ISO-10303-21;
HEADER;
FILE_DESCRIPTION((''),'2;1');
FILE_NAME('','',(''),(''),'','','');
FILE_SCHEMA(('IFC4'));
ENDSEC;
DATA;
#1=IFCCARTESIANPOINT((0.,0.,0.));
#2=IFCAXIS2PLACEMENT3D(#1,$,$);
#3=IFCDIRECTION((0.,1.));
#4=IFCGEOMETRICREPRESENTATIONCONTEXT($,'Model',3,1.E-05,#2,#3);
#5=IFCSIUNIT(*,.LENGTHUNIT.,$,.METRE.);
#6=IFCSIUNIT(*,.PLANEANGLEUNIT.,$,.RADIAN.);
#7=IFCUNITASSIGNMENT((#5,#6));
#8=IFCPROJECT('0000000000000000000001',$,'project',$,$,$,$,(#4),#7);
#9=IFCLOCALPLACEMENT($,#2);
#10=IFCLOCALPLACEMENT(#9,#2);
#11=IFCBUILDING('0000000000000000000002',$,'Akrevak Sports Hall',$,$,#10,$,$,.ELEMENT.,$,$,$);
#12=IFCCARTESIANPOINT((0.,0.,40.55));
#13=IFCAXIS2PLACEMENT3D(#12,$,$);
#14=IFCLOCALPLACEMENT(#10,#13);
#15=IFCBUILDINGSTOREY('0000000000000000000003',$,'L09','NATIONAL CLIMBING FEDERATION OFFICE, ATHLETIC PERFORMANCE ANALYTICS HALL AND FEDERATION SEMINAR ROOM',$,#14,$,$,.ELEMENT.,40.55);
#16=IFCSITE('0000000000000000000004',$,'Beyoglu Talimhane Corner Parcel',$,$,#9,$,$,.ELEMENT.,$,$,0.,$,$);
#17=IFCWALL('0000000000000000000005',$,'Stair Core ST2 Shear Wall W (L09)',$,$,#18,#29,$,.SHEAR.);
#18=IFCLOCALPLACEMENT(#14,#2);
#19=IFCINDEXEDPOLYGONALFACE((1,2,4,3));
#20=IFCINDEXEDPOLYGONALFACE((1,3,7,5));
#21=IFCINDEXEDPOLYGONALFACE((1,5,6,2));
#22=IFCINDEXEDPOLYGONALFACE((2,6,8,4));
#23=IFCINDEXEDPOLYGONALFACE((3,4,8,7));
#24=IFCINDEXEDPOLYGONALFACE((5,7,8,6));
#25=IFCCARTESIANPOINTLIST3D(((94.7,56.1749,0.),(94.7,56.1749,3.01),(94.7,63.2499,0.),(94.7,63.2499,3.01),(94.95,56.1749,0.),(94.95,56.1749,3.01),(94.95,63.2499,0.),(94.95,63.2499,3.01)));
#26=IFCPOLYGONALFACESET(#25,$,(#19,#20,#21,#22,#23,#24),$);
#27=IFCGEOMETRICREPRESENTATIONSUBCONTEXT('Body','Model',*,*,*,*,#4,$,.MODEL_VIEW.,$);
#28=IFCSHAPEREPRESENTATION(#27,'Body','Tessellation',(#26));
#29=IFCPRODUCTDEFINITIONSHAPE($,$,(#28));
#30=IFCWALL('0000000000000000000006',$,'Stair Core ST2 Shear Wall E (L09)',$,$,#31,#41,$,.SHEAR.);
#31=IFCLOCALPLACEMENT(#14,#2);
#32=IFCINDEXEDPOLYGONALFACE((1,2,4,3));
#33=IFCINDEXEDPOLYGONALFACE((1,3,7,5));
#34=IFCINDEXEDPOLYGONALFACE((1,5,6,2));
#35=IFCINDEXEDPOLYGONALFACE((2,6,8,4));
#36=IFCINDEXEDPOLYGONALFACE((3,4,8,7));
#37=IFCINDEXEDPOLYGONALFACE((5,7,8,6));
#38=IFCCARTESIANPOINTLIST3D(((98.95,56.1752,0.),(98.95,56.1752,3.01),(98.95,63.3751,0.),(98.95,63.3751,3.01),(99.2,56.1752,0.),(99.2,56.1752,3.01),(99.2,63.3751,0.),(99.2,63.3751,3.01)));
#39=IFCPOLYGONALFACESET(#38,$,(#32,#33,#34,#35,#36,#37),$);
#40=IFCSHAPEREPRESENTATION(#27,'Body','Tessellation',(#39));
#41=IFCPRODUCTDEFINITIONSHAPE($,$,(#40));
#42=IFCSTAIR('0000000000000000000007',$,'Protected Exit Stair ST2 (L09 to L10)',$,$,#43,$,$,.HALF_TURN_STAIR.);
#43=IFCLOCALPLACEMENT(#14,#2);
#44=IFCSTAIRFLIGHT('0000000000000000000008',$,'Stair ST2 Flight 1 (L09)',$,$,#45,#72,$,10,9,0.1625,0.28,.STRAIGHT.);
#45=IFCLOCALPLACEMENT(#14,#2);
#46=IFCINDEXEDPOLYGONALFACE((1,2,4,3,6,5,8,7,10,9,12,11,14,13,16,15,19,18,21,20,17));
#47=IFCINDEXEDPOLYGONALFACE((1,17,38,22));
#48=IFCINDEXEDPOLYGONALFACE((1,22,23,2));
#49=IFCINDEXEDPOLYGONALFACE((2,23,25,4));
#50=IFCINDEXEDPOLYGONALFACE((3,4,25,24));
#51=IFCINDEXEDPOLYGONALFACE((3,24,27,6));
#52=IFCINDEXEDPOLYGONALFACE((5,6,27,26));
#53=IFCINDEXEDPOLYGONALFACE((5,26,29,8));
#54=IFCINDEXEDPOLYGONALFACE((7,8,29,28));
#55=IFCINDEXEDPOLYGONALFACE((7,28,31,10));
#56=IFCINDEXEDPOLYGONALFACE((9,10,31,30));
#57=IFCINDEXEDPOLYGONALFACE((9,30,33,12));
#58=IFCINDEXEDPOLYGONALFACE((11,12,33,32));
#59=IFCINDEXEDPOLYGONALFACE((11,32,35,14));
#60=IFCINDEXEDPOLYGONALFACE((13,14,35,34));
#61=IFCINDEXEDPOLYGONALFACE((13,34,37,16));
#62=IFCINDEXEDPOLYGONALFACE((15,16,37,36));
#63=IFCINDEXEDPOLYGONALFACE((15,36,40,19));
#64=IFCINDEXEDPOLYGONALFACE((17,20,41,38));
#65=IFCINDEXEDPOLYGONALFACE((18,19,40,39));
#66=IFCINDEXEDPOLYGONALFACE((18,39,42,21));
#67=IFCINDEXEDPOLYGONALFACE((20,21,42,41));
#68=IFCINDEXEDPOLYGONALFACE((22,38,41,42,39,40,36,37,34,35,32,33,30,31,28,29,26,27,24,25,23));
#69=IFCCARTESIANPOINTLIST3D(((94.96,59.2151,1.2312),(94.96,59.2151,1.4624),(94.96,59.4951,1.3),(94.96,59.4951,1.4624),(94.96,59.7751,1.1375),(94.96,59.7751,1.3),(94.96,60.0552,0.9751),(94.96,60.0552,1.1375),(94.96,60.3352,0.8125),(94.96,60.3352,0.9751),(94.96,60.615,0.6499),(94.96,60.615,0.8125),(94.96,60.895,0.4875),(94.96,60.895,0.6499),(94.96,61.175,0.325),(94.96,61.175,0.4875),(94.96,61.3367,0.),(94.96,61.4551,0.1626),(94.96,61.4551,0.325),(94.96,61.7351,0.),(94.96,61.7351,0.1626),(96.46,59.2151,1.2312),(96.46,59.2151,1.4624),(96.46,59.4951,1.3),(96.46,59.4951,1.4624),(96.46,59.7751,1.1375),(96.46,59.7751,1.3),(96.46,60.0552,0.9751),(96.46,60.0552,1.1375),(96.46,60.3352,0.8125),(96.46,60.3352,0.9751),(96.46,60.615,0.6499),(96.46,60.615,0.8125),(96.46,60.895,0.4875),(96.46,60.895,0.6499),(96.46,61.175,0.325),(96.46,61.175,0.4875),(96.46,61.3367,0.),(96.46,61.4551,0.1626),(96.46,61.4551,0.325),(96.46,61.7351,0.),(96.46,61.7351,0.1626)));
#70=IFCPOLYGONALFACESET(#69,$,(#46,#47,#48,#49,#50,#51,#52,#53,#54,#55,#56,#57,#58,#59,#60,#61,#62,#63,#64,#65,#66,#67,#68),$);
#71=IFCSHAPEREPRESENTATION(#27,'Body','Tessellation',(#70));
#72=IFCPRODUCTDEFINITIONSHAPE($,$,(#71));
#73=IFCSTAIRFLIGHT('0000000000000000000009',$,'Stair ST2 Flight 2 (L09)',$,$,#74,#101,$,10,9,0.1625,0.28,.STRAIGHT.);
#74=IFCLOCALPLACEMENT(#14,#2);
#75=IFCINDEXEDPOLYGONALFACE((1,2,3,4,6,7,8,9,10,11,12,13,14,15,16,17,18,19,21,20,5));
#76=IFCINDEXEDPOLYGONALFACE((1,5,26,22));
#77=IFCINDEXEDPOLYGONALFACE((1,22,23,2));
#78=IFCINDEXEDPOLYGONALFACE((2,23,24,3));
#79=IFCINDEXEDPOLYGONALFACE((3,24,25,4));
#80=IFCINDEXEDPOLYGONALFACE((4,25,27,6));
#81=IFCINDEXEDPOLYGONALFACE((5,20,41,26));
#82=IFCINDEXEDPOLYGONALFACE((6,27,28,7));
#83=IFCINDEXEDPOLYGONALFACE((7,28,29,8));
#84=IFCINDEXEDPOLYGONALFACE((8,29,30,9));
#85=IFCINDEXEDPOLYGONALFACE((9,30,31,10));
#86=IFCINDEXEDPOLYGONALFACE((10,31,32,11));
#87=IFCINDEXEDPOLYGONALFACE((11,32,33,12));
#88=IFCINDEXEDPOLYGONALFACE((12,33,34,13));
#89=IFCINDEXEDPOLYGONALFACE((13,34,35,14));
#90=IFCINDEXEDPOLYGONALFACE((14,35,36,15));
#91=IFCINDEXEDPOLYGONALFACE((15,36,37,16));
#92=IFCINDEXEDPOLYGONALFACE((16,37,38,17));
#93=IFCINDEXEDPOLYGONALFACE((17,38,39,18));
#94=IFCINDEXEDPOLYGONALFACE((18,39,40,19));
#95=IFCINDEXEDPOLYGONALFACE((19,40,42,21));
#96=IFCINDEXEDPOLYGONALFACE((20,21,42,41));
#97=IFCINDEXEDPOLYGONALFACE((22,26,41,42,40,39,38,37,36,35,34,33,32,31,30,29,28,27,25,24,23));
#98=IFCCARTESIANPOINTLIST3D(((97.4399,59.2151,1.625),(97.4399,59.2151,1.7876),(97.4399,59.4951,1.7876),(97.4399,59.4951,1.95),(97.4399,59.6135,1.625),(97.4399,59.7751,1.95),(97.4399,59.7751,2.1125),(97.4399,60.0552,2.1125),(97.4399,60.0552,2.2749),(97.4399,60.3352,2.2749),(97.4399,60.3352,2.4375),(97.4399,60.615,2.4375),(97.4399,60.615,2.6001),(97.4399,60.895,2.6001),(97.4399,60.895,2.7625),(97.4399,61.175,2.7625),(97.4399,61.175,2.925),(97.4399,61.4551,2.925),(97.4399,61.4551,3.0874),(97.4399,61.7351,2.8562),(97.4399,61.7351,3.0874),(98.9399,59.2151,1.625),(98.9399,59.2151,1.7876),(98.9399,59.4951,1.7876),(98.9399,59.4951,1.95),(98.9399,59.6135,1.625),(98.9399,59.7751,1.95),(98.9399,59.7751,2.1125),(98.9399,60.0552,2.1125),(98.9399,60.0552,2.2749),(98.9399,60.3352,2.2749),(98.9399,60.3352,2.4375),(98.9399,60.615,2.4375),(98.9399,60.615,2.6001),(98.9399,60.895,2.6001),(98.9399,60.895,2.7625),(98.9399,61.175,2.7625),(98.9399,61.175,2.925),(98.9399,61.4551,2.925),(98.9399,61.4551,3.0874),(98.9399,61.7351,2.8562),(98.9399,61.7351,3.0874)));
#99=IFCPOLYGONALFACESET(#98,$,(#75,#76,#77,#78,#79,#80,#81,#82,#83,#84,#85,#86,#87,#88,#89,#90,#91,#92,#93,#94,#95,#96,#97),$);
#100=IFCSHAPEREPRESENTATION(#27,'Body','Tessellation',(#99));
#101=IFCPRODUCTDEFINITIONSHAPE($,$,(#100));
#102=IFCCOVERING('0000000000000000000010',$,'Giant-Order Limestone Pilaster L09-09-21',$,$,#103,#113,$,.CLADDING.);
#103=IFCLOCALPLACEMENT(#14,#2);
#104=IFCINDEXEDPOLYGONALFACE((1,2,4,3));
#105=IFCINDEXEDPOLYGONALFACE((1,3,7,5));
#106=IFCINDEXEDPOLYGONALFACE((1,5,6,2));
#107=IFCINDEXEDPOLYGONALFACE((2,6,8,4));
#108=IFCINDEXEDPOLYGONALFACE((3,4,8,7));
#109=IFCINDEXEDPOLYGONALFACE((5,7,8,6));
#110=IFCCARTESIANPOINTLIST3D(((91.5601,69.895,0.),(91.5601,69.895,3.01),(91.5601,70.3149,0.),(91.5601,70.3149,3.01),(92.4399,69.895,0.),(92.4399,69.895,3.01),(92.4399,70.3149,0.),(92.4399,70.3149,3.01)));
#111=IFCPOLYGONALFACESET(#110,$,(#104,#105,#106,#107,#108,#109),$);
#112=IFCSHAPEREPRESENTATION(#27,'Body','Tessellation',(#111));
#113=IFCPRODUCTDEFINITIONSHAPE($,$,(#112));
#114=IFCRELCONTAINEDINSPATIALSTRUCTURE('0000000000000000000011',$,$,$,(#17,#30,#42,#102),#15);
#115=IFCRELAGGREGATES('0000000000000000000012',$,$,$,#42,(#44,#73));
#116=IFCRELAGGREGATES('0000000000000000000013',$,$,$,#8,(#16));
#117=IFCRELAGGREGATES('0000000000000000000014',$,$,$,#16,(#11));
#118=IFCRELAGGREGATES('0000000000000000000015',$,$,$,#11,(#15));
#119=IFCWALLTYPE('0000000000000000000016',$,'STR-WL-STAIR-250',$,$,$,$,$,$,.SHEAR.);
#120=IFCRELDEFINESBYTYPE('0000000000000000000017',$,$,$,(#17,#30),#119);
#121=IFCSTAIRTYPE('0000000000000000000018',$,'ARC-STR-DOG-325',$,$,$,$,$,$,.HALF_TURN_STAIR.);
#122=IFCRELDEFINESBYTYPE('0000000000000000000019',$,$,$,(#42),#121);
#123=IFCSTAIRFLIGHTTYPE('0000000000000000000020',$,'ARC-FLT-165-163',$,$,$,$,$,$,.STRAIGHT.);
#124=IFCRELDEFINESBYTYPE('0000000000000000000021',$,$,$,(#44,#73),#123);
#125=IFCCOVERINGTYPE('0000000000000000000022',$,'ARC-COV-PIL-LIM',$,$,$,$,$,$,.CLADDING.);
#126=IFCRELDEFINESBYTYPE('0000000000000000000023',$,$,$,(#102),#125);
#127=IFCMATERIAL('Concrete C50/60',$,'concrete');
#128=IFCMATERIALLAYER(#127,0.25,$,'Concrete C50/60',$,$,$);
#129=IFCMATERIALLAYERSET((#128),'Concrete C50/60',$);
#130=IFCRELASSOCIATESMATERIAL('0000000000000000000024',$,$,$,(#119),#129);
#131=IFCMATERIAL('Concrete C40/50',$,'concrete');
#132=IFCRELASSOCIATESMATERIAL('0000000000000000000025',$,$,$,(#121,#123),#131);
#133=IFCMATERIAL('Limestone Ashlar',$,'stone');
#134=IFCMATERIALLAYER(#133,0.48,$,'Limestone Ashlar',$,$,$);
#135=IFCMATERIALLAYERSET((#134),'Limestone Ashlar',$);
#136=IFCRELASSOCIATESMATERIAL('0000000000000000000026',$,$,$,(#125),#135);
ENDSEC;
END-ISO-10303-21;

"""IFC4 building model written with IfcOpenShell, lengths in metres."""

from ifc_helpers import new_model, si_unit, direction, frame, frame_2d, origin, origin_2d, place, context, subcontext, project, spatial, polyline, rectangle, outline, extrude, material, layer, layer_set, type_object, element, aggregate, save


model = new_model("IFC4")

# Units and contexts
model_context = context("Model", 3, precision=1e-05, world=origin(), true_north=direction((0.0, 1.0)))
body_context = subcontext(model_context, "Body", "Model", "MODEL_VIEW")
ifc_project = project(units=[si_unit("LENGTHUNIT", "METRE"), si_unit("PLANEANGLEUNIT", "RADIAN")], contexts=[model_context])

# Site, building, storey
site_placement = place(None, origin())
site = spatial("IfcSite", under=ifc_project, at=site_placement, Name="Beyoglu Talimhane Corner Parcel", CompositionType="ELEMENT", RefElevation=0.0)
building_placement = place(site_placement, origin())
building = spatial("IfcBuilding", under=site, at=building_placement, Name="Akrevak Sports Hall", CompositionType="ELEMENT")
storey_placement = place(building_placement, frame((0.0, 0.0, 40.55)))
storey = spatial("IfcBuildingStorey", under=building, at=storey_placement, Name="L09", Description="NATIONAL CLIMBING FEDERATION OFFICE, ATHLETIC PERFORMANCE ANALYTICS HALL AND FEDERATION SEMINAR ROOM", CompositionType="ELEMENT", Elevation=40.55)

# Shared definitions
ifc_material_1 = material(Name="Concrete C50/60", Category="concrete")
ifc_material_2 = material(Name="Concrete C40/50", Category="concrete")

# Shared definitions
ifc_material_3 = material(Name="Limestone Ashlar", Category="stone")

# Shared definitions
ifc_layer_1 = layer(ifc_material_1, 0.25, Name="Concrete C50/60")
ifc_layer_set_1 = layer_set([ifc_layer_1], Name="Concrete C50/60")
wall_type_1 = type_object("IfcWallType", Name="STR-WL-STAIR-250", PredefinedType="SHEAR", material=ifc_layer_set_1)

# Walls
wall_1_placement = place(storey_placement, frame((94.825, 63.25, 0.0), z_axis=(0.0, 0.0, 1.0), x_axis=(0.0, -1.0, 0.0)))
element("IfcWall", 1, at=wall_1_placement, inside=storey, type_object=wall_type_1, Name="Stair Core ST2 Shear Wall W (L09)", PredefinedType="SHEAR", context=body_context, shape_type="SweptSolid", body=[
    extrude(rectangle(XDim=7.075, YDim=0.25, at=frame_2d((3.5376, 0.0))), origin(), (0.0, 0.0, 1.0), 3.01),
])
wall_2_placement = place(storey_placement, frame((99.075, 56.175, 0.0), z_axis=(0.0, 0.0, 1.0), x_axis=(0.0, 1.0, 0.0)))
element("IfcWall", 2, at=wall_2_placement, inside=storey, type_object=wall_type_1, Name="Stair Core ST2 Shear Wall E (L09)", PredefinedType="SHEAR", context=body_context, shape_type="SweptSolid", body=[
    extrude(rectangle(XDim=7.2, YDim=0.25, at=frame_2d((3.6001, 0.0))), origin(), (0.0, 0.0, 1.0), 3.01),
])

# Stair, stair flights
stair_type = type_object("IfcStairType", Name="ARC-STR-DOG-325", PredefinedType="HALF_TURN_STAIR", material=ifc_material_2)
stair_placement = place(storey_placement, origin())
stair = element("IfcStair", 3, at=stair_placement, inside=storey, type_object=stair_type, Name="Protected Exit Stair ST2 (L09 to L10)", PredefinedType="HALF_TURN_STAIR")
stair_flight_type = type_object("IfcStairFlightType", Name="ARC-FLT-165-163", PredefinedType="STRAIGHT", material=ifc_material_2)
stair_flight_1_placement = place(storey_placement, frame((95.71, 61.7351, 0.0), z_axis=(0.0, 0.0, 1.0), x_axis=(0.0, -1.0, 0.0)))
stair_flight_1 = element("IfcStairFlight", 4, at=stair_flight_1_placement, type_object=stair_flight_type, Name="Stair ST2 Flight 1 (L09)", NumberOfRisers=10, NumberOfTreads=9, PredefinedType="STRAIGHT", RiserHeight=0.1625, TreadLength=0.28, context=body_context, shape_type="SweptSolid", body=[
    extrude(outline(polyline([(0.0, 0.0), (0.0, 0.1626), (0.28, 0.1626), (0.28, 0.325), (0.5601, 0.325), (0.5601, 0.4875), (0.8401, 0.4875), (0.8401, 0.6499), (1.1201, 0.6499), (1.1201, 0.8125), (1.3999, 0.8125), (1.3999, 0.9751), (1.6799, 0.9751), (1.6799, 1.1375), (1.96, 1.1375), (1.96, 1.3), (2.24, 1.3), (2.24, 1.4624), (2.52, 1.4624), (2.52, 1.625), (2.52, 1.2312), (0.3984, 0.0), (0.0, 0.0)])), frame((0.0, 0.75, 0.0), z_axis=(0.0, -1.0, 0.0), x_axis=(1.0, 0.0, 0.0)), (0.0, 0.0, 1.0), 1.5),
])
stair_flight_2_placement = place(storey_placement, frame((98.1899, 59.2151, 1.625), z_axis=(0.0, 0.0, 1.0), x_axis=(0.0, 1.0, 0.0)))
stair_flight_2 = element("IfcStairFlight", 5, at=stair_flight_2_placement, type_object=stair_flight_type, Name="Stair ST2 Flight 2 (L09)", NumberOfRisers=10, NumberOfTreads=9, PredefinedType="STRAIGHT", RiserHeight=0.1625, TreadLength=0.28, context=body_context, shape_type="SweptSolid", body=[
    extrude(outline(polyline([(0.0, 0.0), (0.0, 0.1626), (0.28, 0.1626), (0.28, 0.325), (0.5601, 0.325), (0.5601, 0.4875), (0.8401, 0.4875), (0.8401, 0.6499), (1.1201, 0.6499), (1.1201, 0.8125), (1.3999, 0.8125), (1.3999, 0.9751), (1.6799, 0.9751), (1.6799, 1.1375), (1.96, 1.1375), (1.96, 1.3), (2.24, 1.3), (2.24, 1.4624), (2.52, 1.4624), (2.52, 1.625), (2.52, 1.2312), (0.3984, 0.0), (0.0, 0.0)])), frame((0.0, 0.75, 0.0), z_axis=(0.0, -1.0, 0.0), x_axis=(1.0, 0.0, 0.0)), (0.0, 0.0, 1.0), 1.5),
])
aggregate(stair, [stair_flight_1, stair_flight_2])

# Covering
ifc_layer_2 = layer(ifc_material_3, 0.48, Name="Limestone Ashlar")
ifc_layer_set_2 = layer_set([ifc_layer_2], Name="Limestone Ashlar")
covering_type = type_object("IfcCoveringType", Name="ARC-COV-PIL-LIM", PredefinedType="CLADDING", material=ifc_layer_set_2)
covering_placement = place(storey_placement, frame((92.0, 70.105, 0.0), z_axis=(0.0, 0.0, 1.0), x_axis=(-1.0, 0.0, 0.0)))
element("IfcCovering", 6, at=covering_placement, inside=storey, type_object=covering_type, Name="Giant-Order Limestone Pilaster L09-09-21", PredefinedType="CLADDING", context=body_context, shape_type="SweptSolid", body=[
    extrude(rectangle(XDim=0.8799, YDim=0.4199, at=origin_2d()), origin(), (0.0, 0.0, 1.0), 3.01),
])

save(model, "model.ifc")
